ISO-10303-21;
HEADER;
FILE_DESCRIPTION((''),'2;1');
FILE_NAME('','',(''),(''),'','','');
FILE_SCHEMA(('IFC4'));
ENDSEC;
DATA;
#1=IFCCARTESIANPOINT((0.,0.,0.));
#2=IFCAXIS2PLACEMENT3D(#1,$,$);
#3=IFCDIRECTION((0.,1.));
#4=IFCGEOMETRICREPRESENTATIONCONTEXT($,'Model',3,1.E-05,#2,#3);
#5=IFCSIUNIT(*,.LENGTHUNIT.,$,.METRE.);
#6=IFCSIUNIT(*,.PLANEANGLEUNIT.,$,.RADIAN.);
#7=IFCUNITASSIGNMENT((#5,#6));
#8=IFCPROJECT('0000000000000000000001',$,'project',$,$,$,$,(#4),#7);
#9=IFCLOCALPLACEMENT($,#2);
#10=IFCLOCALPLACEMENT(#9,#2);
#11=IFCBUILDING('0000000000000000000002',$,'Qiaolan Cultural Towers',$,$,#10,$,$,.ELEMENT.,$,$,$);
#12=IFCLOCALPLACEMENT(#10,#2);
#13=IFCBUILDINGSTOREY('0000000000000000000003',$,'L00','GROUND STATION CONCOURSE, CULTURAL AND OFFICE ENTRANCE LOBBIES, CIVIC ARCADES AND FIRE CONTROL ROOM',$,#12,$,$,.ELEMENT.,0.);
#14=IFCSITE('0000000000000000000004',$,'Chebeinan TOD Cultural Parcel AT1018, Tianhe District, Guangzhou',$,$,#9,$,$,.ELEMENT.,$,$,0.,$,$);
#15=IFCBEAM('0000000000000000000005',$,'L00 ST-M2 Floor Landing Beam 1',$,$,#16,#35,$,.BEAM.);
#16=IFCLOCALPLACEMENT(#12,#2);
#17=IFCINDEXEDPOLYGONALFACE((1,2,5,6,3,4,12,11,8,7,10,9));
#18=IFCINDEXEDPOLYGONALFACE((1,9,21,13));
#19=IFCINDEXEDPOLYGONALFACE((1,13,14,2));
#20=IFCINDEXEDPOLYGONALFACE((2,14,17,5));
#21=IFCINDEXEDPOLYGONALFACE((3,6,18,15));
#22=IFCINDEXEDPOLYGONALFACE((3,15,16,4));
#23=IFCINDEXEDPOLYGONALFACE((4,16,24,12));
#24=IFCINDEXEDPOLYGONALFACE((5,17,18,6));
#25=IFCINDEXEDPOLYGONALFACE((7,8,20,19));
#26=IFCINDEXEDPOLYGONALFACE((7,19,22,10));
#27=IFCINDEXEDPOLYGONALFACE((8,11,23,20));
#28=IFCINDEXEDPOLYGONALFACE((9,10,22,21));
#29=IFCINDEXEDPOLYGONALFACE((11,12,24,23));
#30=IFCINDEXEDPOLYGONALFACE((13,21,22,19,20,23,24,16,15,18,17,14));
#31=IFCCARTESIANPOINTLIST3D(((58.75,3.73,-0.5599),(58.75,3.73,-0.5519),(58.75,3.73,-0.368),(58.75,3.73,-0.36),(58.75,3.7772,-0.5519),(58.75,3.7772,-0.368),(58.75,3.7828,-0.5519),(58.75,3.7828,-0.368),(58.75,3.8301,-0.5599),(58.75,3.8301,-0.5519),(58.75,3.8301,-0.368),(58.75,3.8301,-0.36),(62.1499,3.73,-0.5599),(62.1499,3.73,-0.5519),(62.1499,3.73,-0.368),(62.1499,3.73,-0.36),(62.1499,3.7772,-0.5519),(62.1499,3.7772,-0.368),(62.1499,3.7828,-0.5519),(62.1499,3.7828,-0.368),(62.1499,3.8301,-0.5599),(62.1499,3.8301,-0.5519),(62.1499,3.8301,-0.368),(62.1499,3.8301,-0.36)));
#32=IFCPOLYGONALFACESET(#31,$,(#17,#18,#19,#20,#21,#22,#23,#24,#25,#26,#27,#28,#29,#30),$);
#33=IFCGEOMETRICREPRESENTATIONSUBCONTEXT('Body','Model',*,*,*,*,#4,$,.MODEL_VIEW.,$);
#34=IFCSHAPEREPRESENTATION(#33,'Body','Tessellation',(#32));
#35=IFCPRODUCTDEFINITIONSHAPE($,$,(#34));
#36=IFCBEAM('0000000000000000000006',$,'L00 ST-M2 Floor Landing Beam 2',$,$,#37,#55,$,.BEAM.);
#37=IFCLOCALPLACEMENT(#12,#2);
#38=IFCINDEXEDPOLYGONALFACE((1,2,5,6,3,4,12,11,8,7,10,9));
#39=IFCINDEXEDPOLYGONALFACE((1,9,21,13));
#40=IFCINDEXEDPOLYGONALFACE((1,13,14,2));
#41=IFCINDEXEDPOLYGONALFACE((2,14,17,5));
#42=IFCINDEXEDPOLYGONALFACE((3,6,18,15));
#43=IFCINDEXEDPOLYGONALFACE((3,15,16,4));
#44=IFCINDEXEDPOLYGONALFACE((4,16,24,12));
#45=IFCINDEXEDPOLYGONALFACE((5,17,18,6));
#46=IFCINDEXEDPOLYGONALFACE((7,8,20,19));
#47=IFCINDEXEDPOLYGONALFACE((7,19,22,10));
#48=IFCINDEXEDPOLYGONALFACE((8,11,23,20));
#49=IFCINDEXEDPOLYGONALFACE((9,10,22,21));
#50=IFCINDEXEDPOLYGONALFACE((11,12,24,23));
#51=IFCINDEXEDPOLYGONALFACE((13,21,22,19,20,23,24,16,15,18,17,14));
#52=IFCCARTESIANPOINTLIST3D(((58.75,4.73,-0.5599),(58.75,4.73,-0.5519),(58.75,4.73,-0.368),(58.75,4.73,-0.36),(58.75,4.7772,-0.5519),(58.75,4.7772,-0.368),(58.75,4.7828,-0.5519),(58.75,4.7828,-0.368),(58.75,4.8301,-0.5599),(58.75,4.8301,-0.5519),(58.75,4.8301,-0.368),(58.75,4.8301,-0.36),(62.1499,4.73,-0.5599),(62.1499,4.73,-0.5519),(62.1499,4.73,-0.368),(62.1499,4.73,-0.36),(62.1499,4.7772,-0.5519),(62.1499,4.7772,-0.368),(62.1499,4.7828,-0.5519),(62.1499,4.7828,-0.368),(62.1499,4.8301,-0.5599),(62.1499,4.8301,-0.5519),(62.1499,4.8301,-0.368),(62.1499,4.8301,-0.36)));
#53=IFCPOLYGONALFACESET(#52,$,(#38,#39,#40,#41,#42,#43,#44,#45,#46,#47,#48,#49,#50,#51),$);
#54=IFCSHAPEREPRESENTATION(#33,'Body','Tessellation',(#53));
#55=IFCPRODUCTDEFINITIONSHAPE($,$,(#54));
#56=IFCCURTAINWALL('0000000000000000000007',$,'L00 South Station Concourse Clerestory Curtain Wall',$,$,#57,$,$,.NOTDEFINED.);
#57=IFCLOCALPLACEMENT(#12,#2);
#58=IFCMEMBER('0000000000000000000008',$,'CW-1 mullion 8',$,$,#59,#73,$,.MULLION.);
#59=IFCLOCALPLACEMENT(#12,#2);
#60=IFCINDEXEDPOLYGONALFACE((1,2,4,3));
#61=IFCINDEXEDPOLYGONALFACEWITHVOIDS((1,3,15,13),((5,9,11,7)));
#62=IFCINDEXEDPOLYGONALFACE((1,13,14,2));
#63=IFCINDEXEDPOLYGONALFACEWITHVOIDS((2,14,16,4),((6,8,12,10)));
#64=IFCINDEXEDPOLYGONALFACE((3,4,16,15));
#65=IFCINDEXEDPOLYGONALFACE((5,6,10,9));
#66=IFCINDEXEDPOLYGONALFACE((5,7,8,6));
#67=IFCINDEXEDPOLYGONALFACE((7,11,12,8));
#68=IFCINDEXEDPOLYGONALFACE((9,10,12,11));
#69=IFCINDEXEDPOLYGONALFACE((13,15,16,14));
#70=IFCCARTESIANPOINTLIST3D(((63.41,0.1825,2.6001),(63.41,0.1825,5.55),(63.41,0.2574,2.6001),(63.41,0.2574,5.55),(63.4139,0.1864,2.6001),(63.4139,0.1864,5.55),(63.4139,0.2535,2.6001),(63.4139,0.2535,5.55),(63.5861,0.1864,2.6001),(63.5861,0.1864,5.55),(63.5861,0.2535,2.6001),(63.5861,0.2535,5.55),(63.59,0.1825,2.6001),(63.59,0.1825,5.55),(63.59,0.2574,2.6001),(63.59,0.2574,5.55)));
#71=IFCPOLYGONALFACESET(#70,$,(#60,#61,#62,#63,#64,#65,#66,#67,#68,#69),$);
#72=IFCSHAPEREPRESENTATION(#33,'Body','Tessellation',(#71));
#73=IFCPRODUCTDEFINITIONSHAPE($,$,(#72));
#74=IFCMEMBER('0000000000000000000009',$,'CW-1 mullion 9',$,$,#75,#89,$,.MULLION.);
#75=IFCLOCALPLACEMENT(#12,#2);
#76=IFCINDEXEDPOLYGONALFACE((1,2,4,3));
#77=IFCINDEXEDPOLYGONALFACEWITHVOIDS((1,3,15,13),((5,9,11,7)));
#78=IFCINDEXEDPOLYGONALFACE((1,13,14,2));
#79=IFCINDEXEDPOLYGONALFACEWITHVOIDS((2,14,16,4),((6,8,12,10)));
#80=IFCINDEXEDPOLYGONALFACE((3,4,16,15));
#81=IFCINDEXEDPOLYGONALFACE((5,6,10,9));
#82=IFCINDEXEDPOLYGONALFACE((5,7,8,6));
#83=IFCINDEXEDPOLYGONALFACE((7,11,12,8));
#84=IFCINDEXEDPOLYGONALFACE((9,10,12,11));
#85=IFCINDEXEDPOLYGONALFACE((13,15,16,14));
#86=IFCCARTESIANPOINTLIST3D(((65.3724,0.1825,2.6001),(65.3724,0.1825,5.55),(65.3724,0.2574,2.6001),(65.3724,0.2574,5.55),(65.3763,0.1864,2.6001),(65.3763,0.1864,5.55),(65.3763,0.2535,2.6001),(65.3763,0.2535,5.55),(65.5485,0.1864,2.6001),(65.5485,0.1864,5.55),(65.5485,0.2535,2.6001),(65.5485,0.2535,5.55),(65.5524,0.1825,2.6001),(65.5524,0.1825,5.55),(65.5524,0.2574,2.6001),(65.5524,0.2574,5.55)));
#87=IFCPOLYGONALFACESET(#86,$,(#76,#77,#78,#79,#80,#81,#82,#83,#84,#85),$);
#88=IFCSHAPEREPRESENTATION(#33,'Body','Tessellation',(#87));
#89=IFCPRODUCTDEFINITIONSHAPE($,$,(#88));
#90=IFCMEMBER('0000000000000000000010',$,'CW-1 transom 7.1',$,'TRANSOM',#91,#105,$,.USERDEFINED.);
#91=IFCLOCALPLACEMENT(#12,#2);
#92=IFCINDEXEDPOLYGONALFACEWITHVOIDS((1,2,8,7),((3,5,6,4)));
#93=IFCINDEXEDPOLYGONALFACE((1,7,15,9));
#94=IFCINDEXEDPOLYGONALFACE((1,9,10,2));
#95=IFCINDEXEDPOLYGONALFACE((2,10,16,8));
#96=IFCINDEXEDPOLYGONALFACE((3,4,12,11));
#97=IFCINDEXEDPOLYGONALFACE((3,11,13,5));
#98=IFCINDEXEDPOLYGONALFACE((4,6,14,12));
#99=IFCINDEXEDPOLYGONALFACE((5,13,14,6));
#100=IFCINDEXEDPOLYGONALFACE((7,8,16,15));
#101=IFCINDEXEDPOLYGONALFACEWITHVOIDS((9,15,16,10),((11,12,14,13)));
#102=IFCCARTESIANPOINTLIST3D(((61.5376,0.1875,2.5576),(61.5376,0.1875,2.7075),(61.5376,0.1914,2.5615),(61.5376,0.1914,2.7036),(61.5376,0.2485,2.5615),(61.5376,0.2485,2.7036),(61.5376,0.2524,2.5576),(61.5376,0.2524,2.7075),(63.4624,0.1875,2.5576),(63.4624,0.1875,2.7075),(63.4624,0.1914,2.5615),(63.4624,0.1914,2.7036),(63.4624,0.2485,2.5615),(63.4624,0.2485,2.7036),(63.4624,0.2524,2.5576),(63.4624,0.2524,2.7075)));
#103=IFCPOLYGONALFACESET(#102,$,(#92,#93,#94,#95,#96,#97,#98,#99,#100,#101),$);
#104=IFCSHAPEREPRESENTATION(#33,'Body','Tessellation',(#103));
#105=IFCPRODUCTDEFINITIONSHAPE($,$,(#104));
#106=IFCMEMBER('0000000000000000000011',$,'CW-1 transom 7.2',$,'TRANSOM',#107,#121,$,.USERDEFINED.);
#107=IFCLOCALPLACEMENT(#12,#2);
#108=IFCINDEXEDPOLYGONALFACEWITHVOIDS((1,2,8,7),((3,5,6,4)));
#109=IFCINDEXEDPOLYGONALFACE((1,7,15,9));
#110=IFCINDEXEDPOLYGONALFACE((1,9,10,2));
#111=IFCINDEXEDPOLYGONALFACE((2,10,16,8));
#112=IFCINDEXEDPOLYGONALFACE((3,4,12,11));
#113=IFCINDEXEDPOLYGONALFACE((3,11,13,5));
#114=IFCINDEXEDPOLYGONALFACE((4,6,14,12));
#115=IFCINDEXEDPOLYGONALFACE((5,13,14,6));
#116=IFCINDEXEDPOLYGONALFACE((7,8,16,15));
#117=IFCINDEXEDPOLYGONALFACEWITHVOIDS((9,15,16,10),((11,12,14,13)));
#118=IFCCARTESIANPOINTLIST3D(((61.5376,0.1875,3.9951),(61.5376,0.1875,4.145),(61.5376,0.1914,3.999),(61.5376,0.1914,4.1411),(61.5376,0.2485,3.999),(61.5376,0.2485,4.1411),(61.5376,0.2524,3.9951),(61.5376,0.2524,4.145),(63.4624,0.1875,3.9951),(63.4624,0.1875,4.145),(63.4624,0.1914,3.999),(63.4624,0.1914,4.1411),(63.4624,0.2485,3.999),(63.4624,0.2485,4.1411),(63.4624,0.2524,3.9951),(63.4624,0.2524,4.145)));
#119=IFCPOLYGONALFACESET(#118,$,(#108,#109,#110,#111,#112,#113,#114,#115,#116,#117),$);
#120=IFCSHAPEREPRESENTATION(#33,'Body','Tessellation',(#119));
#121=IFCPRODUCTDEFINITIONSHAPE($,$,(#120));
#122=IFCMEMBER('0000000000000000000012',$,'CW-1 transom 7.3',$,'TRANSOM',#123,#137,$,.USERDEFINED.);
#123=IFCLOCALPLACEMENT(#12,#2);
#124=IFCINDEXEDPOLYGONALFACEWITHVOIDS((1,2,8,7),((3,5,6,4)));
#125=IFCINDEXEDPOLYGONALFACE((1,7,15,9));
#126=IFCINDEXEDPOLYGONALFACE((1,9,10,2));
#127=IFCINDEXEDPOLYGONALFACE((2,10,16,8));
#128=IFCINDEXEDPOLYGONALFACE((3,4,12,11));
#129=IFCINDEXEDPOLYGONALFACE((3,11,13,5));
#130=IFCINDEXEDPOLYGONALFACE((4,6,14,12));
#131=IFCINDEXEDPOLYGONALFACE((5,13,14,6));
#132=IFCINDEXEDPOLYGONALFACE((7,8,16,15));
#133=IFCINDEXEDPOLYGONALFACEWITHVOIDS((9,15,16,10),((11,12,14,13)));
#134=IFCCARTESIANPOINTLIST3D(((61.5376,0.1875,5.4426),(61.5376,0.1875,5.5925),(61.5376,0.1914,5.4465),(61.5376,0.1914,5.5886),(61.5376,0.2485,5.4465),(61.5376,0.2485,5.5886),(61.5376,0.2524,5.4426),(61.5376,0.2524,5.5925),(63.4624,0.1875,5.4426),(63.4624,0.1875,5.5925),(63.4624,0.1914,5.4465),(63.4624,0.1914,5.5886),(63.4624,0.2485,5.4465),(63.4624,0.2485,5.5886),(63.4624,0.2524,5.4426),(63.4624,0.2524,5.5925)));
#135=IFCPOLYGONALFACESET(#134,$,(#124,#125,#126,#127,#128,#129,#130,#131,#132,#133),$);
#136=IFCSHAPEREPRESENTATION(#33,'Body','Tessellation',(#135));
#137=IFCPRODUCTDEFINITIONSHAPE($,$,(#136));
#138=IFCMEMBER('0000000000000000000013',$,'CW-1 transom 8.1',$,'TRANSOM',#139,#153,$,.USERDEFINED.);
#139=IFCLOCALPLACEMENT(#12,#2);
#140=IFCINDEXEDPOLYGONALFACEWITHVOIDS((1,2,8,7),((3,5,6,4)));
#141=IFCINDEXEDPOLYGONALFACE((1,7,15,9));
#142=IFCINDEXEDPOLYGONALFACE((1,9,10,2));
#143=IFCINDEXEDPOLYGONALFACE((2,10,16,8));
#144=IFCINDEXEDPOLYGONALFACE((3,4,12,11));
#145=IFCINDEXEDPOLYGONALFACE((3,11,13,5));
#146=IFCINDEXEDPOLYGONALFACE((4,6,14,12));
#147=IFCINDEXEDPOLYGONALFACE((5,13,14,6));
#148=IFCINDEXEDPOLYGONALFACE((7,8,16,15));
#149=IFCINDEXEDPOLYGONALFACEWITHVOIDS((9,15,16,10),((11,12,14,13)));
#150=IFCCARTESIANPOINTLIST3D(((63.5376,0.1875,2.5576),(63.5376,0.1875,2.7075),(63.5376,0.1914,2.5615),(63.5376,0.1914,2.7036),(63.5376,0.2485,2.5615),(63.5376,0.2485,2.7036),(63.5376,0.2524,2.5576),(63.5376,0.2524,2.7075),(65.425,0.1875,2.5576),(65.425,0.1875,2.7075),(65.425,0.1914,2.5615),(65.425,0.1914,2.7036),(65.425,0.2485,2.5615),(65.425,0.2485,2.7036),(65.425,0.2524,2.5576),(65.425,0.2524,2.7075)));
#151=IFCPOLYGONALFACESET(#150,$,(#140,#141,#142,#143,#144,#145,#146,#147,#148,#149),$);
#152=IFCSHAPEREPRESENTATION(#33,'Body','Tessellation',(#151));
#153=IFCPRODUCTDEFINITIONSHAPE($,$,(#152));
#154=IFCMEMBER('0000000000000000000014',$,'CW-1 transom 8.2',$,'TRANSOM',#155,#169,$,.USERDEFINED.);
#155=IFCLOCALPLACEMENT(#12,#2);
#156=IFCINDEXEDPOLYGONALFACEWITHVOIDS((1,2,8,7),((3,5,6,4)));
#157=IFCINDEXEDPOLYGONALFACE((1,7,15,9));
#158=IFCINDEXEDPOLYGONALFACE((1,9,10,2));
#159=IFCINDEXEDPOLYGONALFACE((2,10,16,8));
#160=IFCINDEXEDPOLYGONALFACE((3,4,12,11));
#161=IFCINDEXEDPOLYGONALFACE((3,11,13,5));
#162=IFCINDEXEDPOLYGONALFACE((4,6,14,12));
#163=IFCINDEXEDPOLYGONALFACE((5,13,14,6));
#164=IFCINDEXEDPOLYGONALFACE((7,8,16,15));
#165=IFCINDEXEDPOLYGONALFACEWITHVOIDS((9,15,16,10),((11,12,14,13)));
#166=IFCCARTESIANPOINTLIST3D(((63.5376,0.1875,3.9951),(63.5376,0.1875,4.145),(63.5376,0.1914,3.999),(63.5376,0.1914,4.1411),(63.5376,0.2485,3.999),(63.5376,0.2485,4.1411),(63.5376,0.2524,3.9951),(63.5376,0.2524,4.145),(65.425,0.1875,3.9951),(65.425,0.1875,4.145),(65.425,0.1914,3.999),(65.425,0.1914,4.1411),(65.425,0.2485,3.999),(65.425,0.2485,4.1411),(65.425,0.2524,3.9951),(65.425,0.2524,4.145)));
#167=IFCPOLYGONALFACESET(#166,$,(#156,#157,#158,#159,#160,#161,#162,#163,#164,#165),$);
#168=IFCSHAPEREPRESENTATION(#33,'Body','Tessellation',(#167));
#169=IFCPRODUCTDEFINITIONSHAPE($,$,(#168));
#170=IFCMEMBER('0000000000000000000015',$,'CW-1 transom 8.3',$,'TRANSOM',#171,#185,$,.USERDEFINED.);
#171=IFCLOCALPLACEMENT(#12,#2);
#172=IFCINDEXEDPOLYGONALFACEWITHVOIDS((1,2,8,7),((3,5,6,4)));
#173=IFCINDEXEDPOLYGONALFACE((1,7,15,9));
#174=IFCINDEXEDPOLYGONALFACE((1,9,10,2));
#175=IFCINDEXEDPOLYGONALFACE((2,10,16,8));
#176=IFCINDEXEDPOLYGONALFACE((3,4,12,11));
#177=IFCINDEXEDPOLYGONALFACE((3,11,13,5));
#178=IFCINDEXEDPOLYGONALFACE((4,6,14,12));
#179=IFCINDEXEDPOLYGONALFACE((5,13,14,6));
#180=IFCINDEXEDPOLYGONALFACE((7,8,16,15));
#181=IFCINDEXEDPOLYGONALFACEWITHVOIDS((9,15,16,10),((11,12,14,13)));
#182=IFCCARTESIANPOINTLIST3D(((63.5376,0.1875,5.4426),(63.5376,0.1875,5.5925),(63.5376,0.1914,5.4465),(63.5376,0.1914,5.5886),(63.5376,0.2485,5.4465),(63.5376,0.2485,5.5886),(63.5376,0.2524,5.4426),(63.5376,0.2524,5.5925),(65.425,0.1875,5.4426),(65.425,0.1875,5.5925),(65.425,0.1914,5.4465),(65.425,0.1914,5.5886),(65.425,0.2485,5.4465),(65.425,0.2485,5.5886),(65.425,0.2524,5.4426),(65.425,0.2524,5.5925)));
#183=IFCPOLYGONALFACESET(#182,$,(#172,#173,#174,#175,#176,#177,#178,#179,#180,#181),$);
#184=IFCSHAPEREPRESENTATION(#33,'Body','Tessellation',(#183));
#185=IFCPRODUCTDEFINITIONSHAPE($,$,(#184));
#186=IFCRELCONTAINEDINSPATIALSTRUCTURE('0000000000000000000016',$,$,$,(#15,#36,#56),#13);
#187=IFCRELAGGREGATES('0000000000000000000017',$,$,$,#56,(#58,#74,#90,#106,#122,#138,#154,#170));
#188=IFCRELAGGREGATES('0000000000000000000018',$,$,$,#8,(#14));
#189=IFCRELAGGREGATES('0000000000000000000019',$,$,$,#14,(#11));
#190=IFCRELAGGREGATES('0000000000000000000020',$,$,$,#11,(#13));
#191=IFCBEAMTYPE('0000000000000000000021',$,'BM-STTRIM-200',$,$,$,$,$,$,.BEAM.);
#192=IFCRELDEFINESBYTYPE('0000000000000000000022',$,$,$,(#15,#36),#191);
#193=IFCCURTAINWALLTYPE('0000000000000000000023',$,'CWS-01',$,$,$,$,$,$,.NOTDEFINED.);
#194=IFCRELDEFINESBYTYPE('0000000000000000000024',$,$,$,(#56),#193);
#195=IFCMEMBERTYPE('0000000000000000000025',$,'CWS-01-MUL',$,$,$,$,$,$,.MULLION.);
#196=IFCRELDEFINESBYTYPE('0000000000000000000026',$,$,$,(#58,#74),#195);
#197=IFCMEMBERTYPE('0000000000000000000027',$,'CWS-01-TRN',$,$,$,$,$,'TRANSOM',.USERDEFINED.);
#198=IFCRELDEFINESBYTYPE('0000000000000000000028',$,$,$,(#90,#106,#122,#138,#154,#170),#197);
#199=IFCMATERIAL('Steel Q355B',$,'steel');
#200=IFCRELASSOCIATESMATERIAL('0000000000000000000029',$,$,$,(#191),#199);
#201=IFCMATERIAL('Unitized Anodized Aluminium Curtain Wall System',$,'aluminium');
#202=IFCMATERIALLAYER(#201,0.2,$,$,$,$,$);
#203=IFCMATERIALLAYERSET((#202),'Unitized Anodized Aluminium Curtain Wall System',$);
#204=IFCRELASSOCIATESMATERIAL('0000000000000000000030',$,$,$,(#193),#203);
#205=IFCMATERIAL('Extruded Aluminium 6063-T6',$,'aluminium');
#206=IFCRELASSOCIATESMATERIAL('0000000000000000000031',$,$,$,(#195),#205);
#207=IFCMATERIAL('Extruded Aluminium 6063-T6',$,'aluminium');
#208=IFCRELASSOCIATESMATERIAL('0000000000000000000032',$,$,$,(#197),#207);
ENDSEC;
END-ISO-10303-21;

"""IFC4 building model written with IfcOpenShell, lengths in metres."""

from ifc_helpers import new_model, si_unit, direction, frame, origin, origin_2d, place, context, subcontext, project, spatial, hollow_rectangle, i_section, extrude, material, layer, layer_set, material_profile, profile_set, type_object, element, aggregate, save


model = new_model("IFC4")

# Units and contexts
model_context = context("Model", 3, precision=1e-05, world=origin(), true_north=direction((0.0, 1.0)))
body_context = subcontext(model_context, "Body", "Model", "MODEL_VIEW")
ifc_project = project(units=[si_unit("LENGTHUNIT", "METRE"), si_unit("PLANEANGLEUNIT", "RADIAN")], contexts=[model_context])

# Site, building, storey
site_placement = place(None, origin())
site = spatial("IfcSite", under=ifc_project, at=site_placement, Name="Chebeinan TOD Cultural Parcel AT1018, Tianhe District, Guangzhou", CompositionType="ELEMENT", RefElevation=0.0)
building_placement = place(site_placement, origin())
building = spatial("IfcBuilding", under=site, at=building_placement, Name="Qiaolan Cultural Towers", CompositionType="ELEMENT")
storey_placement = place(building_placement, origin())
storey = spatial("IfcBuildingStorey", under=building, at=storey_placement, Name="L00", Description="GROUND STATION CONCOURSE, CULTURAL AND OFFICE ENTRANCE LOBBIES, CIVIC ARCADES AND FIRE CONTROL ROOM", CompositionType="ELEMENT", Elevation=0.0)

# Beams
ifc_material_1 = material(Name="Steel Q355B", Category="steel")
ifc_material_profile_1 = material_profile(ifc_material_1, i_section(OverallWidth=0.1001, OverallDepth=0.2, WebThickness=0.0056, FlangeThickness=0.0081, at=origin_2d()), Name="HN200x100x5.5x8")
ifc_profile_set_1 = profile_set([ifc_material_profile_1], Name="Steel Q355B")
beam_type_1 = type_object("IfcBeamType", Name="BM-STTRIM-200", PredefinedType="BEAM", material=ifc_profile_set_1)
for number, where, z_axis, x_axis, name in (
    (1, (62.1499, 3.78, -0.46), (-1.0, 0.0, 0.0), (0.0, -1.0, 0.0), "L00 ST-M2 Floor Landing Beam 1"),
    (2, (62.1499, 4.78, -0.46), (-1.0, 0.0, 0.0), (0.0, -1.0, 0.0), "L00 ST-M2 Floor Landing Beam 2"),
):
    element("IfcBeam", number, at=place(storey_placement, frame(where, z_axis=z_axis, x_axis=x_axis)), inside=storey, type_object=beam_type_1, Name=name, PredefinedType="BEAM", context=body_context, shape_type="SweptSolid", body=[
        extrude(i_section(OverallWidth=0.1001, OverallDepth=0.2, WebThickness=0.0056, FlangeThickness=0.0081, at=origin_2d()), origin(), (0.0, 0.0, 1.0), 3.3999),
    ])

# Curtain wall, members
ifc_material_2 = material(Name="Unitized Anodized Aluminium Curtain Wall System", Category="aluminium")
ifc_layer_1 = layer(ifc_material_2, 0.2)
ifc_layer_set_1 = layer_set([ifc_layer_1], Name="Unitized Anodized Aluminium Curtain Wall System")
curtain_wall_type = type_object("IfcCurtainWallType", Name="CWS-01", PredefinedType="NOTDEFINED", material=ifc_layer_set_1)
curtain_wall_placement = place(storey_placement, origin())
curtain_wall = element("IfcCurtainWall", 3, at=curtain_wall_placement, inside=storey, type_object=curtain_wall_type, Name="L00 South Station Concourse Clerestory Curtain Wall", PredefinedType="NOTDEFINED")
ifc_material_3 = material(Name="Extruded Aluminium 6063-T6", Category="aluminium")
ifc_material_profile_2 = material_profile(ifc_material_3, hollow_rectangle(XDim=0.075, YDim=0.1799, WallThickness=0.0039, at=origin_2d()), Name="CWM-180x75x4")
ifc_profile_set_2 = profile_set([ifc_material_profile_2], Name="Extruded Aluminium 6063-T6")
member_type_1 = type_object("IfcMemberType", Name="CWS-01-MUL", PredefinedType="MULLION", material=ifc_profile_set_2)
member_1_placement = place(storey_placement, frame((63.5, 0.22, 2.6001), z_axis=(0.0, 0.0, 1.0), x_axis=(0.0, 1.0, 0.0)))
member_1 = element("IfcMember", 4, at=member_1_placement, type_object=member_type_1, Name="CW-1 mullion 8", PredefinedType="MULLION", context=body_context, shape_type="SweptSolid", body=[
    extrude(hollow_rectangle(XDim=0.075, YDim=0.1799, WallThickness=0.0039, at=origin_2d()), origin(), (0.0, 0.0, 1.0), 2.95),
])
member_2_placement = place(storey_placement, frame((65.4624, 0.22, 2.6001), z_axis=(0.0, 0.0, 1.0), x_axis=(0.0, 1.0, 0.0)))
member_2 = element("IfcMember", 5, at=member_2_placement, type_object=member_type_1, Name="CW-1 mullion 9", PredefinedType="MULLION", context=body_context, shape_type="SweptSolid", body=[
    extrude(hollow_rectangle(XDim=0.075, YDim=0.1799, WallThickness=0.0039, at=origin_2d()), origin(), (0.0, 0.0, 1.0), 2.95),
])
ifc_material_4 = material(Name="Extruded Aluminium 6063-T6", Category="aluminium")
ifc_material_profile_3 = material_profile(ifc_material_4, hollow_rectangle(XDim=0.0649, YDim=0.1499, WallThickness=0.0039, at=origin_2d()), Name="CWT-150x65x4")
ifc_profile_set_3 = profile_set([ifc_material_profile_3], Name="Extruded Aluminium 6063-T6")
member_type_2 = type_object("IfcMemberType", Name="CWS-01-TRN", ElementType="TRANSOM", PredefinedType="USERDEFINED", material=ifc_profile_set_3)
member_3_placement = place(storey_placement, frame((61.5376, 0.22, 2.6326), z_axis=(1.0, 0.0, 0.0), x_axis=(0.0, 1.0, 0.0)))
member_3 = element("IfcMember", 6, at=member_3_placement, type_object=member_type_2, Name="CW-1 transom 7.1", ObjectType="TRANSOM", PredefinedType="USERDEFINED", context=body_context, shape_type="SweptSolid", body=[
    extrude(hollow_rectangle(XDim=0.0649, YDim=0.1499, WallThickness=0.0039, at=origin_2d()), origin(), (0.0, 0.0, 1.0), 1.9248),
])
member_4_placement = place(storey_placement, frame((61.5376, 0.22, 4.0701), z_axis=(1.0, 0.0, 0.0), x_axis=(0.0, 1.0, 0.0)))
member_4 = element("IfcMember", 7, at=member_4_placement, type_object=member_type_2, Name="CW-1 transom 7.2", ObjectType="TRANSOM", PredefinedType="USERDEFINED", context=body_context, shape_type="SweptSolid", body=[
    extrude(hollow_rectangle(XDim=0.0649, YDim=0.1499, WallThickness=0.0039, at=origin_2d()), origin(), (0.0, 0.0, 1.0), 1.9248),
])
member_5_placement = place(storey_placement, frame((61.5376, 0.22, 5.5176), z_axis=(1.0, 0.0, 0.0), x_axis=(0.0, 1.0, 0.0)))
member_5 = element("IfcMember", 8, at=member_5_placement, type_object=member_type_2, Name="CW-1 transom 7.3", ObjectType="TRANSOM", PredefinedType="USERDEFINED", context=body_context, shape_type="SweptSolid", body=[
    extrude(hollow_rectangle(XDim=0.0649, YDim=0.1499, WallThickness=0.0039, at=origin_2d()), origin(), (0.0, 0.0, 1.0), 1.9248),
])
member_6_placement = place(storey_placement, frame((63.5376, 0.22, 2.6326), z_axis=(1.0, 0.0, 0.0), x_axis=(0.0, 1.0, 0.0)))
member_6 = element("IfcMember", 9, at=member_6_placement, type_object=member_type_2, Name="CW-1 transom 8.1", ObjectType="TRANSOM", PredefinedType="USERDEFINED", context=body_context, shape_type="SweptSolid", body=[
    extrude(hollow_rectangle(XDim=0.0649, YDim=0.1499, WallThickness=0.0039, at=origin_2d()), origin(), (0.0, 0.0, 1.0), 1.8875),
])
member_7_placement = place(storey_placement, frame((63.5376, 0.22, 4.0701), z_axis=(1.0, 0.0, 0.0), x_axis=(0.0, 1.0, 0.0)))
member_7 = element("IfcMember", 10, at=member_7_placement, type_object=member_type_2, Name="CW-1 transom 8.2", ObjectType="TRANSOM", PredefinedType="USERDEFINED", context=body_context, shape_type="SweptSolid", body=[
    extrude(hollow_rectangle(XDim=0.0649, YDim=0.1499, WallThickness=0.0039, at=origin_2d()), origin(), (0.0, 0.0, 1.0), 1.8875),
])
member_8_placement = place(storey_placement, frame((63.5376, 0.22, 5.5176), z_axis=(1.0, 0.0, 0.0), x_axis=(0.0, 1.0, 0.0)))
member_8 = element("IfcMember", 11, at=member_8_placement, type_object=member_type_2, Name="CW-1 transom 8.3", ObjectType="TRANSOM", PredefinedType="USERDEFINED", context=body_context, shape_type="SweptSolid", body=[
    extrude(hollow_rectangle(XDim=0.0649, YDim=0.1499, WallThickness=0.0039, at=origin_2d()), origin(), (0.0, 0.0, 1.0), 1.8875),
])
aggregate(curtain_wall, [member_1, member_2, member_3, member_4, member_5, member_6, member_7, member_8])

save(model, "model.ifc")
